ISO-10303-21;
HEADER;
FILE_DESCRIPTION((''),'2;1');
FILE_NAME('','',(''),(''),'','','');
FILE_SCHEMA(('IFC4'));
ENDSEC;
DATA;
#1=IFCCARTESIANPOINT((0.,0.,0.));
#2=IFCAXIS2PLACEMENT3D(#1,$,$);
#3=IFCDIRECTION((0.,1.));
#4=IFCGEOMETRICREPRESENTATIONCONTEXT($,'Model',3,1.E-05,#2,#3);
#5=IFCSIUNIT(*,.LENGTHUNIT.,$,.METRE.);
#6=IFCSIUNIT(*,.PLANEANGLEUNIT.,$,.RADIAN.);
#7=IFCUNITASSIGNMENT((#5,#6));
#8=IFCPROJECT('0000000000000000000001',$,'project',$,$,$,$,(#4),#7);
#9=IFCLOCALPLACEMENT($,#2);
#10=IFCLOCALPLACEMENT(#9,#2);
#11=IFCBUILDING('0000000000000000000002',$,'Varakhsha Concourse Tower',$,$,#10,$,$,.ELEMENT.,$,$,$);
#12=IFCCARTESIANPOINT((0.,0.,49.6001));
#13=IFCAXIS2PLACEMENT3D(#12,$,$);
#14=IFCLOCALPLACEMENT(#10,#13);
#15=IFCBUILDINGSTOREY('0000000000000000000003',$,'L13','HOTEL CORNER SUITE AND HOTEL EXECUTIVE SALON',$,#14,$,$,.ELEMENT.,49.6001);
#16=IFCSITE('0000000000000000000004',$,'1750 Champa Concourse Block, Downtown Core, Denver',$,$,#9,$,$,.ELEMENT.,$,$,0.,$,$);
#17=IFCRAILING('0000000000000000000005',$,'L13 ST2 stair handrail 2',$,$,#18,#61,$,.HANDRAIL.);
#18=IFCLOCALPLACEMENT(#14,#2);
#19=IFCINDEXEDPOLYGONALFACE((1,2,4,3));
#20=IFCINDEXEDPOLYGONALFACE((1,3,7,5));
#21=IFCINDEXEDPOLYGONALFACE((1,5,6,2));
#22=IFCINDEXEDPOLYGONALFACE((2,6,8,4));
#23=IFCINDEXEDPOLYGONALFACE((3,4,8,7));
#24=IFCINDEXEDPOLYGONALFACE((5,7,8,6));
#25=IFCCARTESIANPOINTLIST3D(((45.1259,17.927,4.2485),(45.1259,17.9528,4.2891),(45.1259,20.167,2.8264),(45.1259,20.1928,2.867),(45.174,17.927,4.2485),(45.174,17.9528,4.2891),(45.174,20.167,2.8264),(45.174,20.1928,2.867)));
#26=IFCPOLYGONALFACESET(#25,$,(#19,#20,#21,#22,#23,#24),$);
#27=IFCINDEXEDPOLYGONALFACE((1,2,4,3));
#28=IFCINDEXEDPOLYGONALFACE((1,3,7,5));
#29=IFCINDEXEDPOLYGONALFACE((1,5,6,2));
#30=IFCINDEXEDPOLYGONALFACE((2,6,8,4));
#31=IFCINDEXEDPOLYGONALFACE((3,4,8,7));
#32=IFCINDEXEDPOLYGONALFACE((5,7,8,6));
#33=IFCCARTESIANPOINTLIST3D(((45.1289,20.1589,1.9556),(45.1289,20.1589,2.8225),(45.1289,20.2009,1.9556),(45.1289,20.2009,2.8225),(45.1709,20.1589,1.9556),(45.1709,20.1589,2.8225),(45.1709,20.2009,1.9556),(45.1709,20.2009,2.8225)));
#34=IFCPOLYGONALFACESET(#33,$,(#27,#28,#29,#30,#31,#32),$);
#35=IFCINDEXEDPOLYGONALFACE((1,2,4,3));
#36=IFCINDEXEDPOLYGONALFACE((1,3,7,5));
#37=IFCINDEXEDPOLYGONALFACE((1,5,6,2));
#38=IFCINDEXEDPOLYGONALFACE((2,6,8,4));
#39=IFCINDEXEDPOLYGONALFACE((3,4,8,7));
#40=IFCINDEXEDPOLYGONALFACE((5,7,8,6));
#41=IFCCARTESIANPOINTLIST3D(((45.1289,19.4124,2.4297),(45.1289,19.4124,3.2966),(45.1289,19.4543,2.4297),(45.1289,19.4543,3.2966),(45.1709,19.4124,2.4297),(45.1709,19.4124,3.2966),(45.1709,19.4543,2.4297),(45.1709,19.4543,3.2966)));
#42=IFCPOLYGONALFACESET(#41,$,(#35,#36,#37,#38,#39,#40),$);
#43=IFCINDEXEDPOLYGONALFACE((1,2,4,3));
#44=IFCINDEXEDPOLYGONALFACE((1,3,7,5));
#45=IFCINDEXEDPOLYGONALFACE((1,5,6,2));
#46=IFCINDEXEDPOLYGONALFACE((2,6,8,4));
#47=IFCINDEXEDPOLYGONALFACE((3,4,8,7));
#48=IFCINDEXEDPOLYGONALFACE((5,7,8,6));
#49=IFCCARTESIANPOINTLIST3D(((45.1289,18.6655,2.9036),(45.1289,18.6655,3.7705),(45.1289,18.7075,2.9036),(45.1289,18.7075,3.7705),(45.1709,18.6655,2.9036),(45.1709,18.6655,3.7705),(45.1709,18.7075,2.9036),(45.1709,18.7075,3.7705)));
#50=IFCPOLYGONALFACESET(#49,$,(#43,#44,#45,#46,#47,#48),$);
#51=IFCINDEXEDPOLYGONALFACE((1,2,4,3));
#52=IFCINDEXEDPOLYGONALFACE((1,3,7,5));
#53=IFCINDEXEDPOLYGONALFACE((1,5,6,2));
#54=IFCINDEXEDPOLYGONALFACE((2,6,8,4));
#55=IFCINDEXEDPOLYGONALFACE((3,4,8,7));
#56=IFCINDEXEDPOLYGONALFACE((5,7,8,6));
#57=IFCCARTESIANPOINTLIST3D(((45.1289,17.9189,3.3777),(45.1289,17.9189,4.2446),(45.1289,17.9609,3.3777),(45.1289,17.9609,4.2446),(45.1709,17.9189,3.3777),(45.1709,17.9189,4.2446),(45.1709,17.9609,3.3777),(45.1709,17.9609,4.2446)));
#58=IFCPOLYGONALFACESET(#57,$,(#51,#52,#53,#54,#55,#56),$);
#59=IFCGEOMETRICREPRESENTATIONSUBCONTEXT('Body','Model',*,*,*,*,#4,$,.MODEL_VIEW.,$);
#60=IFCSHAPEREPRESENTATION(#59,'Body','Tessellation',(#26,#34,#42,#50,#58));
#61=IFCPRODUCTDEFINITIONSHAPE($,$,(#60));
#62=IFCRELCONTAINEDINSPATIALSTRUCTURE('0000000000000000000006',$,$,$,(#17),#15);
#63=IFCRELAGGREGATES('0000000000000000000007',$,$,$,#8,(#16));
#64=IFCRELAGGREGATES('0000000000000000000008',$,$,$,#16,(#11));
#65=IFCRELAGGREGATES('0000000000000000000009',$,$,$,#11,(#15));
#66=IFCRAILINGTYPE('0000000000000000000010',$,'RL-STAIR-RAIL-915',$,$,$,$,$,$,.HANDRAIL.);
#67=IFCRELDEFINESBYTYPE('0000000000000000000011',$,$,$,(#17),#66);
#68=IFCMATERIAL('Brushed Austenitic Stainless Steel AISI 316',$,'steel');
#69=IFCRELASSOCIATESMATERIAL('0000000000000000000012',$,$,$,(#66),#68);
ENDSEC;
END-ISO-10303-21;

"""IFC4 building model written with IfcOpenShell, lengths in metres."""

from ifc_helpers import new_model, si_unit, direction, frame, origin, origin_2d, place, context, subcontext, project, spatial, rectangle, extrude, material, type_object, element, save


model = new_model("IFC4")

# Units and contexts
model_context = context("Model", 3, precision=1e-05, world=origin(), true_north=direction((0.0, 1.0)))
body_context = subcontext(model_context, "Body", "Model", "MODEL_VIEW")
ifc_project = project(units=[si_unit("LENGTHUNIT", "METRE"), si_unit("PLANEANGLEUNIT", "RADIAN")], contexts=[model_context])

# Site, building, storey
site_placement = place(None, origin())
site = spatial("IfcSite", under=ifc_project, at=site_placement, Name="1750 Champa Concourse Block, Downtown Core, Denver", CompositionType="ELEMENT", RefElevation=0.0)
building_placement = place(site_placement, origin())
building = spatial("IfcBuilding", under=site, at=building_placement, Name="Varakhsha Concourse Tower", CompositionType="ELEMENT")
storey_placement = place(building_placement, frame((0.0, 0.0, 49.6001)))
storey = spatial("IfcBuildingStorey", under=building, at=storey_placement, Name="L13", Description="HOTEL CORNER SUITE AND HOTEL EXECUTIVE SALON", CompositionType="ELEMENT", Elevation=49.6001)

# Railing
ifc_material_1 = material(Name="Brushed Austenitic Stainless Steel AISI 316", Category="steel")
railing_type_1 = type_object("IfcRailingType", Name="RL-STAIR-RAIL-915", PredefinedType="HANDRAIL", material=ifc_material_1)
railing_1_placement = place(storey_placement, frame((45.1499, 20.1799, 1.9556)))
element("IfcRailing", 1, at=railing_1_placement, inside=storey, type_object=railing_type_1, Name="L13 ST2 stair handrail 2", PredefinedType="HANDRAIL", context=body_context, shape_type="SweptSolid", body=[
    extrude(rectangle(XDim=0.0481, YDim=0.0481, at=origin_2d()), frame((0.0, 0.0, 0.8911), z_axis=(0.0, -0.844229, 0.535982), x_axis=(1.0, 0.0, 0.0)), (0.0, 0.0, 1.0), 2.6533),
    extrude(rectangle(XDim=0.042, YDim=0.042, at=origin_2d()), origin(), (0.0, 0.0, 1.0), 0.8669),
    extrude(rectangle(XDim=0.042, YDim=0.042, at=origin_2d()), frame((0.0, -0.7466, 0.4741)), (0.0, 0.0, 1.0), 0.8669),
    extrude(rectangle(XDim=0.042, YDim=0.042, at=origin_2d()), frame((0.0, -1.4934, 0.948)), (0.0, 0.0, 1.0), 0.8669),
    extrude(rectangle(XDim=0.042, YDim=0.042, at=origin_2d()), frame((0.0, -2.24, 1.4221)), (0.0, 0.0, 1.0), 0.8669),
])

save(model, "model.ifc")
